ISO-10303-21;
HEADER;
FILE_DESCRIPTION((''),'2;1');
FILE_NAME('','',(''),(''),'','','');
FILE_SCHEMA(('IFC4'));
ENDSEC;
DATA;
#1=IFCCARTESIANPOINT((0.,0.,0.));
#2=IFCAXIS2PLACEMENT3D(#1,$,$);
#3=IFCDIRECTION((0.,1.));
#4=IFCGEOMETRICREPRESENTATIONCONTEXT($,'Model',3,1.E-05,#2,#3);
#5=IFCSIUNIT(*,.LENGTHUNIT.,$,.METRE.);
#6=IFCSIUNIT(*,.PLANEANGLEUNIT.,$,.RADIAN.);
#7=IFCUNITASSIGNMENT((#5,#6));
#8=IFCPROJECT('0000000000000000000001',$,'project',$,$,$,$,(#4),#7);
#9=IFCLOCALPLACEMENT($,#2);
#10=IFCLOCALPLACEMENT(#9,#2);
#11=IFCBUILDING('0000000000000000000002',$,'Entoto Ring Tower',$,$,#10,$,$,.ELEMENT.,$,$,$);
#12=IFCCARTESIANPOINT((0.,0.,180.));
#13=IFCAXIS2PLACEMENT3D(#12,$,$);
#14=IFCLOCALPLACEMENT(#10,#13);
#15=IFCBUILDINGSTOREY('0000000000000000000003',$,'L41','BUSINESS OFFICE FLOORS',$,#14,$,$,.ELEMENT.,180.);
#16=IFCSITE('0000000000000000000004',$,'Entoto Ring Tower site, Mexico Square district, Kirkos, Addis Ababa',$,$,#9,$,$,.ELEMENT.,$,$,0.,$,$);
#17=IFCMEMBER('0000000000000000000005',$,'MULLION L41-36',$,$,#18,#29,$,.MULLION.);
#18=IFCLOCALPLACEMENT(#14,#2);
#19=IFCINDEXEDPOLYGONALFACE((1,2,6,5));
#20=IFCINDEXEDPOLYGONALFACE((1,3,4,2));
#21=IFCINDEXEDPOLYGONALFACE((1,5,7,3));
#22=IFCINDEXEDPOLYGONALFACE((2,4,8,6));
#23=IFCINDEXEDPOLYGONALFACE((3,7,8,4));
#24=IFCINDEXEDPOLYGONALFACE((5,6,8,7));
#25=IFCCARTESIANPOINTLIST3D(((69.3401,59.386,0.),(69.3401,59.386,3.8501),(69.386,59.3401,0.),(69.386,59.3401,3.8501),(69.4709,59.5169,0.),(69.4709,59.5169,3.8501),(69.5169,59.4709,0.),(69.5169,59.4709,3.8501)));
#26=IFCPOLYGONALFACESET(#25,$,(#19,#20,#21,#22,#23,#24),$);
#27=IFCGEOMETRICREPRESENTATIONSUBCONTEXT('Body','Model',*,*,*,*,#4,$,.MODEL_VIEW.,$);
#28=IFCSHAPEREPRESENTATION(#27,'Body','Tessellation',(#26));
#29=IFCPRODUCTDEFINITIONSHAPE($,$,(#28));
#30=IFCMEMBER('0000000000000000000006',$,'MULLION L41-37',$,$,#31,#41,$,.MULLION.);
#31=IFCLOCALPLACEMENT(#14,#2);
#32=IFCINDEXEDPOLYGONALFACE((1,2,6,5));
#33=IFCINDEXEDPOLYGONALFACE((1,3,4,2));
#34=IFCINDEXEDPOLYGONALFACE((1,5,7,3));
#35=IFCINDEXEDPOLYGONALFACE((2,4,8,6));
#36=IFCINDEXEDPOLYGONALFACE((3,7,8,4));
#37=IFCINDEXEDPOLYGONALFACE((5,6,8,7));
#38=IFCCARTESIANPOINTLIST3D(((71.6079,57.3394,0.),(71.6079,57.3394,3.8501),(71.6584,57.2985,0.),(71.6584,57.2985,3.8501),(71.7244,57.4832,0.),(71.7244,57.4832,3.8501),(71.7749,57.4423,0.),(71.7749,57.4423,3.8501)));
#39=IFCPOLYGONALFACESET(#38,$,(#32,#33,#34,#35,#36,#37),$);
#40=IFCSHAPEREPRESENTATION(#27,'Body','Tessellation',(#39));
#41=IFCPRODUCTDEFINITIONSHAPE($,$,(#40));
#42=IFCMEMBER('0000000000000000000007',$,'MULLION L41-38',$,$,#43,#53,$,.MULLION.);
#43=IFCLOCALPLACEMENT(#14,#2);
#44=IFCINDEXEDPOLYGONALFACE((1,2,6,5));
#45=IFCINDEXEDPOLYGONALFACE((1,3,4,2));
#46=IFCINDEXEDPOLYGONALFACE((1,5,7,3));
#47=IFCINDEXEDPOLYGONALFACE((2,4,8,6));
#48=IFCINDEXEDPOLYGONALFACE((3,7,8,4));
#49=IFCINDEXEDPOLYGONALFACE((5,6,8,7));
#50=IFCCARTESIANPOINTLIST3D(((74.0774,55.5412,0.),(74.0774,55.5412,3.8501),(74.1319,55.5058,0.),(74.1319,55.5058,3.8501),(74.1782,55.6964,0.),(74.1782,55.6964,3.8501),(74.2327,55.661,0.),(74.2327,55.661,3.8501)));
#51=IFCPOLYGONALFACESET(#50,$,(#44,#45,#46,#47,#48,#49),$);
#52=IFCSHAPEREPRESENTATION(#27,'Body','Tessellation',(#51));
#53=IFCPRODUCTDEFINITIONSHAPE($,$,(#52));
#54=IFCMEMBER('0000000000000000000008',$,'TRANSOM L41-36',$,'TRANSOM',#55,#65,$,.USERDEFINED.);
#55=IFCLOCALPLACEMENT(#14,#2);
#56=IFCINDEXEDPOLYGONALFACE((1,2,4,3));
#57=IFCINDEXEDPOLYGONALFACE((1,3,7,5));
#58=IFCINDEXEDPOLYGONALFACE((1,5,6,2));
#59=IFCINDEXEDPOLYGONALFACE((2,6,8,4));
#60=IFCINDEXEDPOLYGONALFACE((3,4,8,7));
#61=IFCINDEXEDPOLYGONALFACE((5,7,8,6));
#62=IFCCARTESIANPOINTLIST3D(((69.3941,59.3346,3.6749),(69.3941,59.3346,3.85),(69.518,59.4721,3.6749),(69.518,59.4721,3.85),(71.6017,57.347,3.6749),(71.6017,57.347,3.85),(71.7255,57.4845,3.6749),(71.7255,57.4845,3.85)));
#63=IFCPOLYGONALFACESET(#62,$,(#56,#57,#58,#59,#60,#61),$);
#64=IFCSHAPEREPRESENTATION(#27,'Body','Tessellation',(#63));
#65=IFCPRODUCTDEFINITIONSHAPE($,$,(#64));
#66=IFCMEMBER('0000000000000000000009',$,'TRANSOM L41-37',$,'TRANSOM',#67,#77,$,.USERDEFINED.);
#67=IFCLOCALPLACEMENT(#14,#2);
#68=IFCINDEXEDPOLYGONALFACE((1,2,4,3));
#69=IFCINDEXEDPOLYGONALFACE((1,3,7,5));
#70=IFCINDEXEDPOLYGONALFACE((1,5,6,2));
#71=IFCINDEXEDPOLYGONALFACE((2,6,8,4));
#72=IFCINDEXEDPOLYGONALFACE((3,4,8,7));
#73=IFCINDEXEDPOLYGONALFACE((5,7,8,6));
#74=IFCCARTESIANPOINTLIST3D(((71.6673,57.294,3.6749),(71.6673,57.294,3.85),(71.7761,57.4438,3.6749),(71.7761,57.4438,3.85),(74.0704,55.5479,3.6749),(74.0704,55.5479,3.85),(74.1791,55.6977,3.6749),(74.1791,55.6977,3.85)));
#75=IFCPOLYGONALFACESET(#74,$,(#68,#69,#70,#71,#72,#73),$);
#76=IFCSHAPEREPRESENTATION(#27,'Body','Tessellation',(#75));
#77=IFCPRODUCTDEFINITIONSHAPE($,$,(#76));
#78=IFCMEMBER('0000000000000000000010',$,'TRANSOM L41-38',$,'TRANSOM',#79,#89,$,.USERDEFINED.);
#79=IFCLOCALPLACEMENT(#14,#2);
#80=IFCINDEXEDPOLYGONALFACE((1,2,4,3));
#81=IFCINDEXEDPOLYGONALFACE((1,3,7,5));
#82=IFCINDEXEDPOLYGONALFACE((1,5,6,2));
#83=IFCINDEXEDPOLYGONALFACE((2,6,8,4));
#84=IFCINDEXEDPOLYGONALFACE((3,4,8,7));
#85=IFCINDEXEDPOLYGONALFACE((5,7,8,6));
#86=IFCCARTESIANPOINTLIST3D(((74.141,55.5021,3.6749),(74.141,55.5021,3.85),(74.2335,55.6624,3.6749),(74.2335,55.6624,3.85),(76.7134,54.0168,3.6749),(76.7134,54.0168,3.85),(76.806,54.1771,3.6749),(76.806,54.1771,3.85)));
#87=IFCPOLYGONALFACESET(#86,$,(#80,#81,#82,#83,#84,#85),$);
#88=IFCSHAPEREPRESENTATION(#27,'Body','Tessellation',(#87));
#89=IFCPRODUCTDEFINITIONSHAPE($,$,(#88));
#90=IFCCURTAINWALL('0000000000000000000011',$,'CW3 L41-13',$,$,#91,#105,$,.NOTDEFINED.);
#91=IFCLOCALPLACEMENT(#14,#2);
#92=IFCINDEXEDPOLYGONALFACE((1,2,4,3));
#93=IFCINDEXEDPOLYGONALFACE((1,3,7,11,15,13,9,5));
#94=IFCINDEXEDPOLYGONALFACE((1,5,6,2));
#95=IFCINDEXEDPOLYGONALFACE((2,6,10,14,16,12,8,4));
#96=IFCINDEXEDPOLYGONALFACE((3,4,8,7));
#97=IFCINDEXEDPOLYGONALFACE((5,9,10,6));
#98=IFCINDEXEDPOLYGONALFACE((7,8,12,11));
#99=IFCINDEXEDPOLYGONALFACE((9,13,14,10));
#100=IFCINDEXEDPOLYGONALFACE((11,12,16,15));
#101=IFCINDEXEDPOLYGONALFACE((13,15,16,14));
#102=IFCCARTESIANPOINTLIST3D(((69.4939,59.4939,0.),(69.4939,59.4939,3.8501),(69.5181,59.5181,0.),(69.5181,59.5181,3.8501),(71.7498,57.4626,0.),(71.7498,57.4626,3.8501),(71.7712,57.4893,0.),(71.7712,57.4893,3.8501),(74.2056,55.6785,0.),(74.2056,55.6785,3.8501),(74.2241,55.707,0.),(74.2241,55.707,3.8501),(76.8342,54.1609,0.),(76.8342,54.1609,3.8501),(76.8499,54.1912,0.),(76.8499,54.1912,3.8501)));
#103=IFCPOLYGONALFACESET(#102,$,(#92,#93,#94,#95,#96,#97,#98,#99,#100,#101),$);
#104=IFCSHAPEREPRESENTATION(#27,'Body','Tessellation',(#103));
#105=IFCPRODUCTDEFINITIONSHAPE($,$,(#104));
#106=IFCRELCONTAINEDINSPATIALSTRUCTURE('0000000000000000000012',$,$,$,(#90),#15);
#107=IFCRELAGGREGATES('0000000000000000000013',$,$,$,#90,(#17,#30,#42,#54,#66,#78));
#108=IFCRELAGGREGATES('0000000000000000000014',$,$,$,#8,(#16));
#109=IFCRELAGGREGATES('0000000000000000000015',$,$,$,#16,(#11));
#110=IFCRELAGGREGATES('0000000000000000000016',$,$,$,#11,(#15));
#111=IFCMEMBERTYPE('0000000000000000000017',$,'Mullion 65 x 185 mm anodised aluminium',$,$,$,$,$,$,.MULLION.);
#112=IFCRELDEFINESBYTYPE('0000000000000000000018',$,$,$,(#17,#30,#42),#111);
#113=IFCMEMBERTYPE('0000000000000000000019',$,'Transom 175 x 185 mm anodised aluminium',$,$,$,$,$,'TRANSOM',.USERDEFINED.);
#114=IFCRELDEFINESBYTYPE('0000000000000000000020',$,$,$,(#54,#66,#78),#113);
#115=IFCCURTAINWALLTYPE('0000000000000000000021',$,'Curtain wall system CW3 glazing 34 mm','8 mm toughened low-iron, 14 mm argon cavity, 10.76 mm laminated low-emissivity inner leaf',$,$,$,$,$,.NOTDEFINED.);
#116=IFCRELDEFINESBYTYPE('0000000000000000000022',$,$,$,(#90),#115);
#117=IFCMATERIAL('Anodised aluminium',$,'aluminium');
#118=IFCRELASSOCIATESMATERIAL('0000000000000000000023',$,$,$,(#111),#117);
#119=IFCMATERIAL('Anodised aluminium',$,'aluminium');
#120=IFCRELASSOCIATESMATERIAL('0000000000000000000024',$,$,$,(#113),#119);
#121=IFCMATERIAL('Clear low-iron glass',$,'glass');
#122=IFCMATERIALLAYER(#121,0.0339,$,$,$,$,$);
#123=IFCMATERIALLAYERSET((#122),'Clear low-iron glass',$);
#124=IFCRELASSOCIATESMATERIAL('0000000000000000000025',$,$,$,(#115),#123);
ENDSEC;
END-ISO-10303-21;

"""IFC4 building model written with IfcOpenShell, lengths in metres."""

from ifc_helpers import new_model, si_unit, direction, frame, origin, origin_2d, place, context, subcontext, project, spatial, polyline, rectangle, outline, extrude, material, layer, layer_set, material_profile, profile_set, type_object, element, aggregate, save


model = new_model("IFC4")

# Units and contexts
model_context = context("Model", 3, precision=1e-05, world=origin(), true_north=direction((0.0, 1.0)))
body_context = subcontext(model_context, "Body", "Model", "MODEL_VIEW")
ifc_project = project(units=[si_unit("LENGTHUNIT", "METRE"), si_unit("PLANEANGLEUNIT", "RADIAN")], contexts=[model_context])

# Members
ifc_material_1 = material(Name="Anodised aluminium", Category="aluminium")
ifc_material_profile_1 = material_profile(ifc_material_1, rectangle(XDim=0.0649, YDim=0.1851, at=origin_2d()), Name="Mullion 65 x 185 mm anodised aluminium")
ifc_profile_set_1 = profile_set([ifc_material_profile_1], Name="Anodised aluminium")
member_type_1 = type_object("IfcMemberType", Name="Mullion 65 x 185 mm anodised aluminium", PredefinedType="MULLION", material=ifc_profile_set_1)
site_placement = place(None, origin())
building_placement = place(site_placement, origin())
storey_placement = place(building_placement, frame((0.0, 0.0, 180.0)))
member_1_placement = place(storey_placement, frame((69.4285, 59.4285, 0.0), z_axis=(0.0, 0.0, 1.0), x_axis=(0.707107, -0.707107, 0.0)))
member_1 = element("IfcMember", 1, at=member_1_placement, type_object=member_type_1, Name="MULLION L41-36", PredefinedType="MULLION", context=body_context, shape_type="SweptSolid", body=[
    extrude(rectangle(XDim=0.0649, YDim=0.1851, at=origin_2d()), origin(), (0.0, 0.0, 1.0), 3.8501),
])
member_2_placement = place(storey_placement, frame((71.6914, 57.3909, 0.0), z_axis=(0.0, 0.0, 1.0), x_axis=(0.777146, -0.62932, 0.0)))
member_2 = element("IfcMember", 2, at=member_2_placement, type_object=member_type_1, Name="MULLION L41-37", PredefinedType="MULLION", context=body_context, shape_type="SweptSolid", body=[
    extrude(rectangle(XDim=0.0649, YDim=0.1851, at=origin_2d()), origin(), (0.0, 0.0, 1.0), 3.8501),
])
member_3_placement = place(storey_placement, frame((74.155, 55.6011, 0.0), z_axis=(0.0, 0.0, 1.0), x_axis=(0.838671, -0.544639, 0.0)))
member_3 = element("IfcMember", 3, at=member_3_placement, type_object=member_type_1, Name="MULLION L41-38", PredefinedType="MULLION", context=body_context, shape_type="SweptSolid", body=[
    extrude(rectangle(XDim=0.0649, YDim=0.1851, at=origin_2d()), origin(), (0.0, 0.0, 1.0), 3.8501),
])
ifc_material_2 = material(Name="Anodised aluminium", Category="aluminium")
ifc_material_profile_2 = material_profile(ifc_material_2, rectangle(XDim=0.1851, YDim=0.175, at=origin_2d()), Name="Transom 175 x 185 mm anodised aluminium")
ifc_profile_set_2 = profile_set([ifc_material_profile_2], Name="Anodised aluminium")
member_type_2 = type_object("IfcMemberType", Name="Transom 175 x 185 mm anodised aluminium", ElementType="TRANSOM", PredefinedType="USERDEFINED", material=ifc_profile_set_2)
member_4_placement = place(storey_placement, frame((69.4561, 59.4033, 3.7625), z_axis=(0.743163, -0.66911, 0.0), x_axis=(0.66911, 0.743163, 0.0)))
member_4 = element("IfcMember", 4, at=member_4_placement, type_object=member_type_2, Name="TRANSOM L41-36", ObjectType="TRANSOM", PredefinedType="USERDEFINED", context=body_context, shape_type="SweptSolid", body=[
    extrude(rectangle(XDim=0.1851, YDim=0.175, at=origin_2d()), origin(), (0.0, 0.0, 1.0), 2.9705),
])
member_5_placement = place(storey_placement, frame((71.7217, 57.3689, 3.7625), z_axis=(0.808992, -0.58782, 0.0), x_axis=(0.58782, 0.808992, 0.0)))
member_5 = element("IfcMember", 5, at=member_5_placement, type_object=member_type_2, Name="TRANSOM L41-37", ObjectType="TRANSOM", PredefinedType="USERDEFINED", context=body_context, shape_type="SweptSolid", body=[
    extrude(rectangle(XDim=0.1851, YDim=0.175, at=origin_2d()), origin(), (0.0, 0.0, 1.0), 2.9705),
])
member_6_placement = place(storey_placement, frame((74.1873, 55.5823, 3.7625), z_axis=(0.866009, -0.500028, 0.0), x_axis=(0.500028, 0.866009, 0.0)))
member_6 = element("IfcMember", 6, at=member_6_placement, type_object=member_type_2, Name="TRANSOM L41-38", ObjectType="TRANSOM", PredefinedType="USERDEFINED", context=body_context, shape_type="SweptSolid", body=[
    extrude(rectangle(XDim=0.1851, YDim=0.175, at=origin_2d()), origin(), (0.0, 0.0, 1.0), 2.9705),
])

# Site, building, storey
site = spatial("IfcSite", under=ifc_project, at=site_placement, Name="Entoto Ring Tower site, Mexico Square district, Kirkos, Addis Ababa", CompositionType="ELEMENT", RefElevation=0.0)
building = spatial("IfcBuilding", under=site, at=building_placement, Name="Entoto Ring Tower", CompositionType="ELEMENT")
storey = spatial("IfcBuildingStorey", under=building, at=storey_placement, Name="L41", Description="BUSINESS OFFICE FLOORS", CompositionType="ELEMENT", Elevation=180.0)

# Curtain wall
ifc_material_3 = material(Name="Clear low-iron glass", Category="glass")
ifc_layer = layer(ifc_material_3, 0.0339)
ifc_layer_set = layer_set([ifc_layer], Name="Clear low-iron glass")
curtain_wall_type = type_object("IfcCurtainWallType", Name="Curtain wall system CW3 glazing 34 mm", Description="8 mm toughened low-iron, 14 mm argon cavity, 10.76 mm laminated low-emissivity inner leaf", PredefinedType="NOTDEFINED", material=ifc_layer_set)
curtain_wall_1_placement = place(storey_placement, origin())
curtain_wall_1 = element("IfcCurtainWall", 7, at=curtain_wall_1_placement, inside=storey, type_object=curtain_wall_type, Name="CW3 L41-13", PredefinedType="NOTDEFINED", context=body_context, shape_type="SweptSolid", body=[
    extrude(outline(polyline([(69.4939, 59.4939), (71.7498, 57.4626), (74.2056, 55.6785), (76.8342, 54.1609), (76.8499, 54.1912), (74.2241, 55.707), (71.7712, 57.4893), (69.5181, 59.5181), (69.4939, 59.4939)])), origin(), (0.0, 0.0, 1.0), 3.8501),
])
aggregate(curtain_wall_1, [member_1, member_2, member_3, member_4, member_5, member_6])

save(model, "model.ifc")
